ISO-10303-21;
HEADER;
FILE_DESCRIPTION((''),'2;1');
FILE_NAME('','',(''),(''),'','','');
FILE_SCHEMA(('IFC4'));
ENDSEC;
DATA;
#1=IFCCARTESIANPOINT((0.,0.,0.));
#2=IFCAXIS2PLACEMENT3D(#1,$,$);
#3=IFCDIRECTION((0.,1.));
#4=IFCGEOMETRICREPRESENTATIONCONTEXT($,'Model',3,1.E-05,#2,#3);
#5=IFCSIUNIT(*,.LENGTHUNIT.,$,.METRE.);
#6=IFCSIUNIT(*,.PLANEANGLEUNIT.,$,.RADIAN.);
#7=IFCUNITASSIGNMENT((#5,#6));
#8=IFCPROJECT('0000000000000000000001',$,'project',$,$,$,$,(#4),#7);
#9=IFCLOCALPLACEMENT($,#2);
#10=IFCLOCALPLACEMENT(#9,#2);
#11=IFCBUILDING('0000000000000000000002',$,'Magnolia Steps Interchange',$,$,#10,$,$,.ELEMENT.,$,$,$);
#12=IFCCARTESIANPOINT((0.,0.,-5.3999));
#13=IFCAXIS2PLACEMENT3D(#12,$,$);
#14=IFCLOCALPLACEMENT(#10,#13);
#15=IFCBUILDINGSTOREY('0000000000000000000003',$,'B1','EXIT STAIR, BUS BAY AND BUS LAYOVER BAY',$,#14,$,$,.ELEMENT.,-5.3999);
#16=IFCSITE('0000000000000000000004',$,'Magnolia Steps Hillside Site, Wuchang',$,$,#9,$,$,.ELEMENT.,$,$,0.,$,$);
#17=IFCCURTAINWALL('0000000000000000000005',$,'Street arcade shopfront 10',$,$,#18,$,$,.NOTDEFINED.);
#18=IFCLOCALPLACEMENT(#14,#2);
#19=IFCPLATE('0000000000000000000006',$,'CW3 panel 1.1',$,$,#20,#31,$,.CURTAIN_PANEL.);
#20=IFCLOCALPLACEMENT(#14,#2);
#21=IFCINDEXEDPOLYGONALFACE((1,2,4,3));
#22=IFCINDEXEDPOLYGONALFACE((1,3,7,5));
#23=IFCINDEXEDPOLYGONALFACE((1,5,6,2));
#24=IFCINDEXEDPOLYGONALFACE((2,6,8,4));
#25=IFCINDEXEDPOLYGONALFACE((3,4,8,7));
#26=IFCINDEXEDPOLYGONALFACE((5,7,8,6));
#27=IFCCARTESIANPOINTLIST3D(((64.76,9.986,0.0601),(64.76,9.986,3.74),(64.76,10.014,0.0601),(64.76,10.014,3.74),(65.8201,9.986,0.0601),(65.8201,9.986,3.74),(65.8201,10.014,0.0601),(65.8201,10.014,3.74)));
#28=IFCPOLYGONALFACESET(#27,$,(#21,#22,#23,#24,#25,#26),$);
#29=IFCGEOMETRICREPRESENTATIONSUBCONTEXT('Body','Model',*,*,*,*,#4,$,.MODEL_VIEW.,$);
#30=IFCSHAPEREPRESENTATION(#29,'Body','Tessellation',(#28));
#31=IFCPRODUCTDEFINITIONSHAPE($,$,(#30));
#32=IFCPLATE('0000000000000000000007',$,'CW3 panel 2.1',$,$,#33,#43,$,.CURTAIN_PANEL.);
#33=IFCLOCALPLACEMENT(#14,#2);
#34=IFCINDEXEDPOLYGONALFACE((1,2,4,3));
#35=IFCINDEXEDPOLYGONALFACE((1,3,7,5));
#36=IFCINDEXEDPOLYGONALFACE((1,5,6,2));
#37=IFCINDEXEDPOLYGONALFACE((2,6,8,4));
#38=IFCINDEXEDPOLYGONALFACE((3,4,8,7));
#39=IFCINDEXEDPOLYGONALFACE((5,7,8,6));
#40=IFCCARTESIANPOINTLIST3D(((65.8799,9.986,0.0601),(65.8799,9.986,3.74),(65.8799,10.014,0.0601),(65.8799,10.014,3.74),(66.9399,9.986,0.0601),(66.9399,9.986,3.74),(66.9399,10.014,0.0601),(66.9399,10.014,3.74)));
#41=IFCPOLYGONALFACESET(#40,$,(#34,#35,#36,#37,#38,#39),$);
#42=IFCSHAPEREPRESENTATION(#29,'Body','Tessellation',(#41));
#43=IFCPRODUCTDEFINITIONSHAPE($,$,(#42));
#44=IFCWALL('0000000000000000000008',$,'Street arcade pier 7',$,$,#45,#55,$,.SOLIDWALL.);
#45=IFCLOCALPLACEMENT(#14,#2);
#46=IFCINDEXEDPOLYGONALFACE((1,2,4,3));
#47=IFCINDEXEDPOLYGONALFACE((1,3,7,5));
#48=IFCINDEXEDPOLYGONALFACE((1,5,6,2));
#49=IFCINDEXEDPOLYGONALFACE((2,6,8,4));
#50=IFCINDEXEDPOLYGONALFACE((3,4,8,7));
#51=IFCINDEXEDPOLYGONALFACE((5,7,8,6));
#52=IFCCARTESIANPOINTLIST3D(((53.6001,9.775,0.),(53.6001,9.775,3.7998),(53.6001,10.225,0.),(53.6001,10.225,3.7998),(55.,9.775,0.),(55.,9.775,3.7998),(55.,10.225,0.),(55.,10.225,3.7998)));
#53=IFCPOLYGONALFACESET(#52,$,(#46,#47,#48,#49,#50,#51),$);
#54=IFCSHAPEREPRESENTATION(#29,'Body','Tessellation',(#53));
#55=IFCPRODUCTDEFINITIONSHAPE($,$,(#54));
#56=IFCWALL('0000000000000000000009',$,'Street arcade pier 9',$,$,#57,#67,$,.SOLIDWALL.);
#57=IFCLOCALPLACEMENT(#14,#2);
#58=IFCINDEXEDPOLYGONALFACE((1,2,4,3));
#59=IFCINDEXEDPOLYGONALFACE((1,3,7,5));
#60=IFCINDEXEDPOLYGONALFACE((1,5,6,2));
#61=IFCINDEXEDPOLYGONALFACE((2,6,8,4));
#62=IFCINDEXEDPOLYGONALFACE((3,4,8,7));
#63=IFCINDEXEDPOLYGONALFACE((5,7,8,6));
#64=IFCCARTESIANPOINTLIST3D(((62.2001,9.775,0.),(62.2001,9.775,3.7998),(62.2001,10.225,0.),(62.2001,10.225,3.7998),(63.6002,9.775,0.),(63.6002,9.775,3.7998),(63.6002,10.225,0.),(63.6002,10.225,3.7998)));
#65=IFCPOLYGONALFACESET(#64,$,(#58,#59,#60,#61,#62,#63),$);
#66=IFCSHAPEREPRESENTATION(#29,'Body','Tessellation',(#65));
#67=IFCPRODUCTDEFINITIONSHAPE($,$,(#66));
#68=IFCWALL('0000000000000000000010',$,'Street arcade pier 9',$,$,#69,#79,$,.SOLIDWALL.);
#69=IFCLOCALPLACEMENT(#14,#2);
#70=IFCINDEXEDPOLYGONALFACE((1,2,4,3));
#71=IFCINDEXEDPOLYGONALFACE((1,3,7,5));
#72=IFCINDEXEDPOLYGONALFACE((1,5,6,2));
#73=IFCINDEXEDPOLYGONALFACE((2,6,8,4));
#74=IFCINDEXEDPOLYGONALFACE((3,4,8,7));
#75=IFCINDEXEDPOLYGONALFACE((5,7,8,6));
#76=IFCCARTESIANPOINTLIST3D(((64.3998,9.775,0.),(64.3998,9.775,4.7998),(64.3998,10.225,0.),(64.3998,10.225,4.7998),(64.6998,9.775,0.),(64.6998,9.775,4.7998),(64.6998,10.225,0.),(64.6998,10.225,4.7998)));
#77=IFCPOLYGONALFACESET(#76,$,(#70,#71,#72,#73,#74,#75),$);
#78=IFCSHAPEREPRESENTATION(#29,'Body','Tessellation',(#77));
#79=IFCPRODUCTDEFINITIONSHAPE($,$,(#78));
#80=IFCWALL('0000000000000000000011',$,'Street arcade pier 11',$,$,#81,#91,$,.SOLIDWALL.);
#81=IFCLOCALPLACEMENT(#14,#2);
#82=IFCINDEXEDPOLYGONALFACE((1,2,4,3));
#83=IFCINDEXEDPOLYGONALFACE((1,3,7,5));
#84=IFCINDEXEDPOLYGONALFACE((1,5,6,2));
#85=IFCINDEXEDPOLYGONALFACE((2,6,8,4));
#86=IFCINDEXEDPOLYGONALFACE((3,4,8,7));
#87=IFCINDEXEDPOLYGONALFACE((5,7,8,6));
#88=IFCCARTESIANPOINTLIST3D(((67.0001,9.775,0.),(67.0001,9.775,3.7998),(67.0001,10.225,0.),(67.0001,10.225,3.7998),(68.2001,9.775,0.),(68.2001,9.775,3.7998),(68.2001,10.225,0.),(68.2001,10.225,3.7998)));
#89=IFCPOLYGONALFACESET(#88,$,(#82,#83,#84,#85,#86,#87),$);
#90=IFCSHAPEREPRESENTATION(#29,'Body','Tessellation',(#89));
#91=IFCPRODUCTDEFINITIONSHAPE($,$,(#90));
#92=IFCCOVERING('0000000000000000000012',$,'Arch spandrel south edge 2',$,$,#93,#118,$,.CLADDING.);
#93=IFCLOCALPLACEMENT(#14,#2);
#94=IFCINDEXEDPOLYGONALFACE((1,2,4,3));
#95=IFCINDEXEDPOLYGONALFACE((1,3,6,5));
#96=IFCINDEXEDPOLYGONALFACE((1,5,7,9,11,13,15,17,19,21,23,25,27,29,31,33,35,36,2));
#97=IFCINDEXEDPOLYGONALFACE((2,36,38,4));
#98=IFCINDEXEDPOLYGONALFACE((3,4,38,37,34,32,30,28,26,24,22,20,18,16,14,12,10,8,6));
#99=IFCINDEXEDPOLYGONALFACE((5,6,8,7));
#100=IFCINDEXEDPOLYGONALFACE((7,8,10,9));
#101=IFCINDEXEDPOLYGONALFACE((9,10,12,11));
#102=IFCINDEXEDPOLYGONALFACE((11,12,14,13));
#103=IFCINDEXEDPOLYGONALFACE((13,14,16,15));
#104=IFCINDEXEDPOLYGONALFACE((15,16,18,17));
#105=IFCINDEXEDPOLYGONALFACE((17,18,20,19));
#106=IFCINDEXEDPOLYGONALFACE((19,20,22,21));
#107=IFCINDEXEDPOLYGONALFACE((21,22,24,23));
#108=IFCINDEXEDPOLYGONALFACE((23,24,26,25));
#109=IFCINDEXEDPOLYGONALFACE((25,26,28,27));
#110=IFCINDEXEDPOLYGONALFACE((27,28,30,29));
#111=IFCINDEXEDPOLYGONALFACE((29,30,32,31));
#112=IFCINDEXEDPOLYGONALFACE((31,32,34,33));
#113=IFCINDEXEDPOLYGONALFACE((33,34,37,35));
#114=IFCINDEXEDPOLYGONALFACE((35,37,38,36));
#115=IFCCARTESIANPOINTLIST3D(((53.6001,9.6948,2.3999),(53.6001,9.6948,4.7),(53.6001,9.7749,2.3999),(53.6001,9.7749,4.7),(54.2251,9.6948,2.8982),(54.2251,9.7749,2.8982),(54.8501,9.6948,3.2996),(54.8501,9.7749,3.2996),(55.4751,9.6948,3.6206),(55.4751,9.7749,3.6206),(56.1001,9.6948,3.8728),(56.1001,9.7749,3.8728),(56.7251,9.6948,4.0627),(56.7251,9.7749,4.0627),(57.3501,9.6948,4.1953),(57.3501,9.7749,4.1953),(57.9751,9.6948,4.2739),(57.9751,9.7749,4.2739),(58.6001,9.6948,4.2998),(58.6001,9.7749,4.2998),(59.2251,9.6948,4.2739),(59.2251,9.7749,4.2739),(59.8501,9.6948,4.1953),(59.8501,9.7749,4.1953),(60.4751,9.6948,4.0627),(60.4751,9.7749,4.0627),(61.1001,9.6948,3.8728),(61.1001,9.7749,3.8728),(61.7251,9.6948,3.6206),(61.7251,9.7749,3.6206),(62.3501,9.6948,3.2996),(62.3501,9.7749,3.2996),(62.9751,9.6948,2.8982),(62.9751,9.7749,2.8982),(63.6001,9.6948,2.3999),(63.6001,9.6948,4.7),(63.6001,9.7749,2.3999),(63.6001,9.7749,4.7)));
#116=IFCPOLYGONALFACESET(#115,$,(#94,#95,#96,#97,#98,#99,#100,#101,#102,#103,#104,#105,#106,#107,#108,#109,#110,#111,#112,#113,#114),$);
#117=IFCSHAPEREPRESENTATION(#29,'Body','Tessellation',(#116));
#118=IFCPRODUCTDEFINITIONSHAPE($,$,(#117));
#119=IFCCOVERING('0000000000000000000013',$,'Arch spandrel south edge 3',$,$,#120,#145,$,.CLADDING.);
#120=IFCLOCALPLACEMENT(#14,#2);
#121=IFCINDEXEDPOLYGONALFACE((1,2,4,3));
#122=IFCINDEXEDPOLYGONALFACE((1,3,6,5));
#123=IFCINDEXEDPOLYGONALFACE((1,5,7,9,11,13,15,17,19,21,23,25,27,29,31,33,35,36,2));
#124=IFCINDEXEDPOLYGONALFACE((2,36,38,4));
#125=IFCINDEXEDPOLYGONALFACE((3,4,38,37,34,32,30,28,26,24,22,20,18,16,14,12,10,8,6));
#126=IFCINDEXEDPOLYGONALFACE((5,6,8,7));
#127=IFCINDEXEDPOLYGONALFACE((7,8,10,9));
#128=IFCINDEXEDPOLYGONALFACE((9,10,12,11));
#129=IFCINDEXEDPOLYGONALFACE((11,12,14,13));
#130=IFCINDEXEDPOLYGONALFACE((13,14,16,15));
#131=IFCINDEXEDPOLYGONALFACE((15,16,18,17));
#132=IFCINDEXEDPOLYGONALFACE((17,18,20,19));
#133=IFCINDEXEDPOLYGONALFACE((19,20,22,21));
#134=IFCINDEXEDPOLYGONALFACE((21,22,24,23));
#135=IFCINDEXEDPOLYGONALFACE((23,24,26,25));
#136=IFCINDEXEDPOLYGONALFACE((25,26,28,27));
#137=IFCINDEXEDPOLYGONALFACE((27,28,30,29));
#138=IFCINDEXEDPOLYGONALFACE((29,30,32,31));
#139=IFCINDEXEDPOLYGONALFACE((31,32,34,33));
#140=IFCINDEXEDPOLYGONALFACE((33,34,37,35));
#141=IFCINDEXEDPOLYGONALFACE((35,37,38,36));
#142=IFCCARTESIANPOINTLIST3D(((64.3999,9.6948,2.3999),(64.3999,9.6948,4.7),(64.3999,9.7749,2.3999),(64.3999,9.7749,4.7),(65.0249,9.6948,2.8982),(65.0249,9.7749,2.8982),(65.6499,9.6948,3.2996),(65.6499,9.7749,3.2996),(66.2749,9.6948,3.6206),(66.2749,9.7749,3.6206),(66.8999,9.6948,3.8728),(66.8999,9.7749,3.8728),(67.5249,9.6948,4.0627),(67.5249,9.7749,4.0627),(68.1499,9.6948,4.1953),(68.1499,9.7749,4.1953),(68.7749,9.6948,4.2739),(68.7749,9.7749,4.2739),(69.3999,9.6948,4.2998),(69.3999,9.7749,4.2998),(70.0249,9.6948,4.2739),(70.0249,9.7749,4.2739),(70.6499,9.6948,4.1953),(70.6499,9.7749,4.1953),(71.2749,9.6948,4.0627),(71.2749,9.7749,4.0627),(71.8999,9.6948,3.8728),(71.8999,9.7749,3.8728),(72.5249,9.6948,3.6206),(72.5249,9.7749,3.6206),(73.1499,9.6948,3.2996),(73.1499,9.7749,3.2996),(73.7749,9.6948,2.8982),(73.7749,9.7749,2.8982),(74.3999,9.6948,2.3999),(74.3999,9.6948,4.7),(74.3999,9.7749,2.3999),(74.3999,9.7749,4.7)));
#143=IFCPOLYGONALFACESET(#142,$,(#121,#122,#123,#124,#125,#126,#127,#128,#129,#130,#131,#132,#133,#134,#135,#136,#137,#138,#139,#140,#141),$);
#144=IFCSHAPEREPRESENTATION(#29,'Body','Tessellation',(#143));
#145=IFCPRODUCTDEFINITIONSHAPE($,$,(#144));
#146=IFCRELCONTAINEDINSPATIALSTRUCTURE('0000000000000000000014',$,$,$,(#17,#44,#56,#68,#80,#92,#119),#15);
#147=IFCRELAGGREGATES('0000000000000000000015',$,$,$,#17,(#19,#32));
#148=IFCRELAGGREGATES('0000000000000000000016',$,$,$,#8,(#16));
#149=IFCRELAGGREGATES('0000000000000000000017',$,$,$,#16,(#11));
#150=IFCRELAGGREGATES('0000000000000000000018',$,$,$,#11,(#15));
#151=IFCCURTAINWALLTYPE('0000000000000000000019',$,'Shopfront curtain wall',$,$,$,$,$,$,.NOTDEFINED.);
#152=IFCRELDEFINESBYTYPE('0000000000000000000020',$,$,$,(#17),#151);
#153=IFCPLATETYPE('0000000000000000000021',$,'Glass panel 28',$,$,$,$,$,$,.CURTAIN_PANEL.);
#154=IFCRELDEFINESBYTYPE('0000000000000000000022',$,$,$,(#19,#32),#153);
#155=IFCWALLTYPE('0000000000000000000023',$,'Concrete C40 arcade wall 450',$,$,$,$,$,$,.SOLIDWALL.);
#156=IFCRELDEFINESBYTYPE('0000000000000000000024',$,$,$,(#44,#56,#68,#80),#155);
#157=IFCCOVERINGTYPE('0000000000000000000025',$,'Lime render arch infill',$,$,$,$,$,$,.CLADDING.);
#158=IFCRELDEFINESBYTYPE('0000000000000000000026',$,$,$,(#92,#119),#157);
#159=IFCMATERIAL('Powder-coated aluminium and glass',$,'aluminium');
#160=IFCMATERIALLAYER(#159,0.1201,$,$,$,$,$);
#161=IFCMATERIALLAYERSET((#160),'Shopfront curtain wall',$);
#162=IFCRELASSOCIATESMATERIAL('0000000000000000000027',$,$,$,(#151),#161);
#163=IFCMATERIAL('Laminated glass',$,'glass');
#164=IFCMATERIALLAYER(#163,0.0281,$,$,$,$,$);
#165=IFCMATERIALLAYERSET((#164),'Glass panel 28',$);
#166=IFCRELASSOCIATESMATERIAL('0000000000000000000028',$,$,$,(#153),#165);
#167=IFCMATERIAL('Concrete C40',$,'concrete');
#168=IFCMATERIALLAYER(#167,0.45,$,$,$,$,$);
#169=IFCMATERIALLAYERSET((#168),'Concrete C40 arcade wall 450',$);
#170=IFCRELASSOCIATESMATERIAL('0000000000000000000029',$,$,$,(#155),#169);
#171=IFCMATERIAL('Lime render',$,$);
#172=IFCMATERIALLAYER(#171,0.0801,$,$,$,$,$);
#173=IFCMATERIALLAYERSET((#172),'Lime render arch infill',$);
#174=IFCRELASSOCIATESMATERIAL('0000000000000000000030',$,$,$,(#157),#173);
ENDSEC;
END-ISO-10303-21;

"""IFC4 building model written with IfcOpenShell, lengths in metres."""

from ifc_helpers import new_model, si_unit, direction, frame, frame_2d, origin, origin_2d, place, context, subcontext, project, spatial, polyline, rectangle, outline, extrude, material, layer, layer_set, type_object, element, aggregate, save


model = new_model("IFC4")

# Units and contexts
model_context = context("Model", 3, precision=1e-05, world=origin(), true_north=direction((0.0, 1.0)))
body_context = subcontext(model_context, "Body", "Model", "MODEL_VIEW")
ifc_project = project(units=[si_unit("LENGTHUNIT", "METRE"), si_unit("PLANEANGLEUNIT", "RADIAN")], contexts=[model_context])

# Site, building, storey
site_placement = place(None, origin())
site = spatial("IfcSite", under=ifc_project, at=site_placement, Name="Magnolia Steps Hillside Site, Wuchang", CompositionType="ELEMENT", RefElevation=0.0)
building_placement = place(site_placement, origin())
building = spatial("IfcBuilding", under=site, at=building_placement, Name="Magnolia Steps Interchange", CompositionType="ELEMENT")
storey_placement = place(building_placement, frame((0.0, 0.0, -5.3999)))
storey = spatial("IfcBuildingStorey", under=building, at=storey_placement, Name="B1", Description="EXIT STAIR, BUS BAY AND BUS LAYOVER BAY", CompositionType="ELEMENT", Elevation=-5.3999)

# Curtain wall
ifc_material_1 = material(Name="Powder-coated aluminium and glass", Category="aluminium")
ifc_layer_1 = layer(ifc_material_1, 0.1201)
ifc_layer_set_1 = layer_set([ifc_layer_1], Name="Shopfront curtain wall")
curtain_wall_type = type_object("IfcCurtainWallType", Name="Shopfront curtain wall", PredefinedType="NOTDEFINED", material=ifc_layer_set_1)
curtain_wall_placement = place(storey_placement, origin())
curtain_wall = element("IfcCurtainWall", 1, at=curtain_wall_placement, inside=storey, type_object=curtain_wall_type, Name="Street arcade shopfront 10", PredefinedType="NOTDEFINED")

# Plates
ifc_material_2 = material(Name="Laminated glass", Category="glass")
ifc_layer_2 = layer(ifc_material_2, 0.0281)
ifc_layer_set_2 = layer_set([ifc_layer_2], Name="Glass panel 28")
plate_type = type_object("IfcPlateType", Name="Glass panel 28", PredefinedType="CURTAIN_PANEL", material=ifc_layer_set_2)
plate_1_placement = place(storey_placement, frame((65.29, 10.0, 0.0601), z_axis=(0.0, 0.0, 1.0), x_axis=(1.0, 0.0, 0.0)))
plate_1 = element("IfcPlate", 2, at=plate_1_placement, type_object=plate_type, Name="CW3 panel 1.1", PredefinedType="CURTAIN_PANEL", context=body_context, shape_type="SweptSolid", body=[
    extrude(rectangle(XDim=1.0601, YDim=0.0281, at=origin_2d()), origin(), (0.0, 0.0, 1.0), 3.6799),
])
plate_2_placement = place(storey_placement, frame((66.4099, 10.0, 0.0601), z_axis=(0.0, 0.0, 1.0), x_axis=(1.0, 0.0, 0.0)))
plate_2 = element("IfcPlate", 3, at=plate_2_placement, type_object=plate_type, Name="CW3 panel 2.1", PredefinedType="CURTAIN_PANEL", context=body_context, shape_type="SweptSolid", body=[
    extrude(rectangle(XDim=1.0601, YDim=0.0281, at=origin_2d()), origin(), (0.0, 0.0, 1.0), 3.6799),
])
aggregate(curtain_wall, [plate_1, plate_2])

# Walls
ifc_material_3 = material(Name="Concrete C40", Category="concrete")
ifc_layer_3 = layer(ifc_material_3, 0.45)
ifc_layer_set_3 = layer_set([ifc_layer_3], Name="Concrete C40 arcade wall 450")
wall_type = type_object("IfcWallType", Name="Concrete C40 arcade wall 450", PredefinedType="SOLIDWALL", material=ifc_layer_set_3)
wall_1_placement = place(storey_placement, frame((53.6001, 10.0, 0.0), z_axis=(0.0, 0.0, 1.0), x_axis=(1.0, 0.0, 0.0)))
element("IfcWall", 4, at=wall_1_placement, inside=storey, type_object=wall_type, Name="Street arcade pier 7", PredefinedType="SOLIDWALL", context=body_context, shape_type="SweptSolid", body=[
    extrude(rectangle(XDim=1.3999, YDim=0.45, at=frame_2d((0.7, 0.0))), origin(), (0.0, 0.0, 1.0), 3.7998),
])
wall_2_placement = place(storey_placement, frame((62.2, 10.0, 0.0), z_axis=(0.0, 0.0, 1.0), x_axis=(1.0, 0.0, 0.0)))
element("IfcWall", 5, at=wall_2_placement, inside=storey, type_object=wall_type, Name="Street arcade pier 9", PredefinedType="SOLIDWALL", context=body_context, shape_type="SweptSolid", body=[
    extrude(rectangle(XDim=1.4001, YDim=0.45, at=frame_2d((0.7002, 0.0))), origin(), (0.0, 0.0, 1.0), 3.7998),
])
wall_3_placement = place(storey_placement, frame((64.3999, 10.0, 0.0), z_axis=(0.0, 0.0, 1.0), x_axis=(1.0, 0.0, 0.0)))
element("IfcWall", 6, at=wall_3_placement, inside=storey, type_object=wall_type, Name="Street arcade pier 9", PredefinedType="SOLIDWALL", context=body_context, shape_type="SweptSolid", body=[
    extrude(rectangle(XDim=0.3, YDim=0.45, at=frame_2d((0.1499, 0.0))), origin(), (0.0, 0.0, 1.0), 4.7998),
])
wall_4_placement = place(storey_placement, frame((67.0, 10.0, 0.0), z_axis=(0.0, 0.0, 1.0), x_axis=(1.0, 0.0, 0.0)))
element("IfcWall", 7, at=wall_4_placement, inside=storey, type_object=wall_type, Name="Street arcade pier 11", PredefinedType="SOLIDWALL", context=body_context, shape_type="SweptSolid", body=[
    extrude(rectangle(XDim=1.2, YDim=0.45, at=frame_2d((0.6001, 0.0))), origin(), (0.0, 0.0, 1.0), 3.7998),
])

# Coverings
ifc_material_4 = material(Name="Lime render")
ifc_layer_4 = layer(ifc_material_4, 0.0801)
ifc_layer_set_4 = layer_set([ifc_layer_4], Name="Lime render arch infill")
covering_type = type_object("IfcCoveringType", Name="Lime render arch infill", PredefinedType="CLADDING", material=ifc_layer_set_4)
for number, where, z_axis, x_axis, name in (
    (8, (53.6001, 9.7749, 2.3999), (0.0, 1.0, 0.0), (0.0, 0.0, 1.0), "Arch spandrel south edge 2"),
    (9, (64.3999, 9.7749, 2.3999), (0.0, 1.0, 0.0), (0.0, 0.0, 1.0), "Arch spandrel south edge 3"),
):
    element("IfcCovering", number, at=place(storey_placement, frame(where, z_axis=z_axis, x_axis=x_axis)), inside=storey, type_object=covering_type, Name=name, PredefinedType="CLADDING", context=body_context, shape_type="SweptSolid", body=[
        extrude(outline(polyline([(0.0, 0.0), (2.3, 0.0), (2.3, 10.0), (0.0, 10.0), (0.4983, 9.375), (0.8997, 8.75), (1.2207, 8.125), (1.4729, 7.5), (1.6628, 6.875), (1.7954, 6.25), (1.874, 5.625), (1.8999, 5.0), (1.874, 4.375), (1.7954, 3.75), (1.6628, 3.125), (1.4729, 2.5), (1.2207, 1.875), (0.8997, 1.25), (0.4983, 0.625), (0.0, 0.0)])), origin(), (0.0, 0.0, -1.0), 0.0801),
    ])

save(model, "model.ifc")
